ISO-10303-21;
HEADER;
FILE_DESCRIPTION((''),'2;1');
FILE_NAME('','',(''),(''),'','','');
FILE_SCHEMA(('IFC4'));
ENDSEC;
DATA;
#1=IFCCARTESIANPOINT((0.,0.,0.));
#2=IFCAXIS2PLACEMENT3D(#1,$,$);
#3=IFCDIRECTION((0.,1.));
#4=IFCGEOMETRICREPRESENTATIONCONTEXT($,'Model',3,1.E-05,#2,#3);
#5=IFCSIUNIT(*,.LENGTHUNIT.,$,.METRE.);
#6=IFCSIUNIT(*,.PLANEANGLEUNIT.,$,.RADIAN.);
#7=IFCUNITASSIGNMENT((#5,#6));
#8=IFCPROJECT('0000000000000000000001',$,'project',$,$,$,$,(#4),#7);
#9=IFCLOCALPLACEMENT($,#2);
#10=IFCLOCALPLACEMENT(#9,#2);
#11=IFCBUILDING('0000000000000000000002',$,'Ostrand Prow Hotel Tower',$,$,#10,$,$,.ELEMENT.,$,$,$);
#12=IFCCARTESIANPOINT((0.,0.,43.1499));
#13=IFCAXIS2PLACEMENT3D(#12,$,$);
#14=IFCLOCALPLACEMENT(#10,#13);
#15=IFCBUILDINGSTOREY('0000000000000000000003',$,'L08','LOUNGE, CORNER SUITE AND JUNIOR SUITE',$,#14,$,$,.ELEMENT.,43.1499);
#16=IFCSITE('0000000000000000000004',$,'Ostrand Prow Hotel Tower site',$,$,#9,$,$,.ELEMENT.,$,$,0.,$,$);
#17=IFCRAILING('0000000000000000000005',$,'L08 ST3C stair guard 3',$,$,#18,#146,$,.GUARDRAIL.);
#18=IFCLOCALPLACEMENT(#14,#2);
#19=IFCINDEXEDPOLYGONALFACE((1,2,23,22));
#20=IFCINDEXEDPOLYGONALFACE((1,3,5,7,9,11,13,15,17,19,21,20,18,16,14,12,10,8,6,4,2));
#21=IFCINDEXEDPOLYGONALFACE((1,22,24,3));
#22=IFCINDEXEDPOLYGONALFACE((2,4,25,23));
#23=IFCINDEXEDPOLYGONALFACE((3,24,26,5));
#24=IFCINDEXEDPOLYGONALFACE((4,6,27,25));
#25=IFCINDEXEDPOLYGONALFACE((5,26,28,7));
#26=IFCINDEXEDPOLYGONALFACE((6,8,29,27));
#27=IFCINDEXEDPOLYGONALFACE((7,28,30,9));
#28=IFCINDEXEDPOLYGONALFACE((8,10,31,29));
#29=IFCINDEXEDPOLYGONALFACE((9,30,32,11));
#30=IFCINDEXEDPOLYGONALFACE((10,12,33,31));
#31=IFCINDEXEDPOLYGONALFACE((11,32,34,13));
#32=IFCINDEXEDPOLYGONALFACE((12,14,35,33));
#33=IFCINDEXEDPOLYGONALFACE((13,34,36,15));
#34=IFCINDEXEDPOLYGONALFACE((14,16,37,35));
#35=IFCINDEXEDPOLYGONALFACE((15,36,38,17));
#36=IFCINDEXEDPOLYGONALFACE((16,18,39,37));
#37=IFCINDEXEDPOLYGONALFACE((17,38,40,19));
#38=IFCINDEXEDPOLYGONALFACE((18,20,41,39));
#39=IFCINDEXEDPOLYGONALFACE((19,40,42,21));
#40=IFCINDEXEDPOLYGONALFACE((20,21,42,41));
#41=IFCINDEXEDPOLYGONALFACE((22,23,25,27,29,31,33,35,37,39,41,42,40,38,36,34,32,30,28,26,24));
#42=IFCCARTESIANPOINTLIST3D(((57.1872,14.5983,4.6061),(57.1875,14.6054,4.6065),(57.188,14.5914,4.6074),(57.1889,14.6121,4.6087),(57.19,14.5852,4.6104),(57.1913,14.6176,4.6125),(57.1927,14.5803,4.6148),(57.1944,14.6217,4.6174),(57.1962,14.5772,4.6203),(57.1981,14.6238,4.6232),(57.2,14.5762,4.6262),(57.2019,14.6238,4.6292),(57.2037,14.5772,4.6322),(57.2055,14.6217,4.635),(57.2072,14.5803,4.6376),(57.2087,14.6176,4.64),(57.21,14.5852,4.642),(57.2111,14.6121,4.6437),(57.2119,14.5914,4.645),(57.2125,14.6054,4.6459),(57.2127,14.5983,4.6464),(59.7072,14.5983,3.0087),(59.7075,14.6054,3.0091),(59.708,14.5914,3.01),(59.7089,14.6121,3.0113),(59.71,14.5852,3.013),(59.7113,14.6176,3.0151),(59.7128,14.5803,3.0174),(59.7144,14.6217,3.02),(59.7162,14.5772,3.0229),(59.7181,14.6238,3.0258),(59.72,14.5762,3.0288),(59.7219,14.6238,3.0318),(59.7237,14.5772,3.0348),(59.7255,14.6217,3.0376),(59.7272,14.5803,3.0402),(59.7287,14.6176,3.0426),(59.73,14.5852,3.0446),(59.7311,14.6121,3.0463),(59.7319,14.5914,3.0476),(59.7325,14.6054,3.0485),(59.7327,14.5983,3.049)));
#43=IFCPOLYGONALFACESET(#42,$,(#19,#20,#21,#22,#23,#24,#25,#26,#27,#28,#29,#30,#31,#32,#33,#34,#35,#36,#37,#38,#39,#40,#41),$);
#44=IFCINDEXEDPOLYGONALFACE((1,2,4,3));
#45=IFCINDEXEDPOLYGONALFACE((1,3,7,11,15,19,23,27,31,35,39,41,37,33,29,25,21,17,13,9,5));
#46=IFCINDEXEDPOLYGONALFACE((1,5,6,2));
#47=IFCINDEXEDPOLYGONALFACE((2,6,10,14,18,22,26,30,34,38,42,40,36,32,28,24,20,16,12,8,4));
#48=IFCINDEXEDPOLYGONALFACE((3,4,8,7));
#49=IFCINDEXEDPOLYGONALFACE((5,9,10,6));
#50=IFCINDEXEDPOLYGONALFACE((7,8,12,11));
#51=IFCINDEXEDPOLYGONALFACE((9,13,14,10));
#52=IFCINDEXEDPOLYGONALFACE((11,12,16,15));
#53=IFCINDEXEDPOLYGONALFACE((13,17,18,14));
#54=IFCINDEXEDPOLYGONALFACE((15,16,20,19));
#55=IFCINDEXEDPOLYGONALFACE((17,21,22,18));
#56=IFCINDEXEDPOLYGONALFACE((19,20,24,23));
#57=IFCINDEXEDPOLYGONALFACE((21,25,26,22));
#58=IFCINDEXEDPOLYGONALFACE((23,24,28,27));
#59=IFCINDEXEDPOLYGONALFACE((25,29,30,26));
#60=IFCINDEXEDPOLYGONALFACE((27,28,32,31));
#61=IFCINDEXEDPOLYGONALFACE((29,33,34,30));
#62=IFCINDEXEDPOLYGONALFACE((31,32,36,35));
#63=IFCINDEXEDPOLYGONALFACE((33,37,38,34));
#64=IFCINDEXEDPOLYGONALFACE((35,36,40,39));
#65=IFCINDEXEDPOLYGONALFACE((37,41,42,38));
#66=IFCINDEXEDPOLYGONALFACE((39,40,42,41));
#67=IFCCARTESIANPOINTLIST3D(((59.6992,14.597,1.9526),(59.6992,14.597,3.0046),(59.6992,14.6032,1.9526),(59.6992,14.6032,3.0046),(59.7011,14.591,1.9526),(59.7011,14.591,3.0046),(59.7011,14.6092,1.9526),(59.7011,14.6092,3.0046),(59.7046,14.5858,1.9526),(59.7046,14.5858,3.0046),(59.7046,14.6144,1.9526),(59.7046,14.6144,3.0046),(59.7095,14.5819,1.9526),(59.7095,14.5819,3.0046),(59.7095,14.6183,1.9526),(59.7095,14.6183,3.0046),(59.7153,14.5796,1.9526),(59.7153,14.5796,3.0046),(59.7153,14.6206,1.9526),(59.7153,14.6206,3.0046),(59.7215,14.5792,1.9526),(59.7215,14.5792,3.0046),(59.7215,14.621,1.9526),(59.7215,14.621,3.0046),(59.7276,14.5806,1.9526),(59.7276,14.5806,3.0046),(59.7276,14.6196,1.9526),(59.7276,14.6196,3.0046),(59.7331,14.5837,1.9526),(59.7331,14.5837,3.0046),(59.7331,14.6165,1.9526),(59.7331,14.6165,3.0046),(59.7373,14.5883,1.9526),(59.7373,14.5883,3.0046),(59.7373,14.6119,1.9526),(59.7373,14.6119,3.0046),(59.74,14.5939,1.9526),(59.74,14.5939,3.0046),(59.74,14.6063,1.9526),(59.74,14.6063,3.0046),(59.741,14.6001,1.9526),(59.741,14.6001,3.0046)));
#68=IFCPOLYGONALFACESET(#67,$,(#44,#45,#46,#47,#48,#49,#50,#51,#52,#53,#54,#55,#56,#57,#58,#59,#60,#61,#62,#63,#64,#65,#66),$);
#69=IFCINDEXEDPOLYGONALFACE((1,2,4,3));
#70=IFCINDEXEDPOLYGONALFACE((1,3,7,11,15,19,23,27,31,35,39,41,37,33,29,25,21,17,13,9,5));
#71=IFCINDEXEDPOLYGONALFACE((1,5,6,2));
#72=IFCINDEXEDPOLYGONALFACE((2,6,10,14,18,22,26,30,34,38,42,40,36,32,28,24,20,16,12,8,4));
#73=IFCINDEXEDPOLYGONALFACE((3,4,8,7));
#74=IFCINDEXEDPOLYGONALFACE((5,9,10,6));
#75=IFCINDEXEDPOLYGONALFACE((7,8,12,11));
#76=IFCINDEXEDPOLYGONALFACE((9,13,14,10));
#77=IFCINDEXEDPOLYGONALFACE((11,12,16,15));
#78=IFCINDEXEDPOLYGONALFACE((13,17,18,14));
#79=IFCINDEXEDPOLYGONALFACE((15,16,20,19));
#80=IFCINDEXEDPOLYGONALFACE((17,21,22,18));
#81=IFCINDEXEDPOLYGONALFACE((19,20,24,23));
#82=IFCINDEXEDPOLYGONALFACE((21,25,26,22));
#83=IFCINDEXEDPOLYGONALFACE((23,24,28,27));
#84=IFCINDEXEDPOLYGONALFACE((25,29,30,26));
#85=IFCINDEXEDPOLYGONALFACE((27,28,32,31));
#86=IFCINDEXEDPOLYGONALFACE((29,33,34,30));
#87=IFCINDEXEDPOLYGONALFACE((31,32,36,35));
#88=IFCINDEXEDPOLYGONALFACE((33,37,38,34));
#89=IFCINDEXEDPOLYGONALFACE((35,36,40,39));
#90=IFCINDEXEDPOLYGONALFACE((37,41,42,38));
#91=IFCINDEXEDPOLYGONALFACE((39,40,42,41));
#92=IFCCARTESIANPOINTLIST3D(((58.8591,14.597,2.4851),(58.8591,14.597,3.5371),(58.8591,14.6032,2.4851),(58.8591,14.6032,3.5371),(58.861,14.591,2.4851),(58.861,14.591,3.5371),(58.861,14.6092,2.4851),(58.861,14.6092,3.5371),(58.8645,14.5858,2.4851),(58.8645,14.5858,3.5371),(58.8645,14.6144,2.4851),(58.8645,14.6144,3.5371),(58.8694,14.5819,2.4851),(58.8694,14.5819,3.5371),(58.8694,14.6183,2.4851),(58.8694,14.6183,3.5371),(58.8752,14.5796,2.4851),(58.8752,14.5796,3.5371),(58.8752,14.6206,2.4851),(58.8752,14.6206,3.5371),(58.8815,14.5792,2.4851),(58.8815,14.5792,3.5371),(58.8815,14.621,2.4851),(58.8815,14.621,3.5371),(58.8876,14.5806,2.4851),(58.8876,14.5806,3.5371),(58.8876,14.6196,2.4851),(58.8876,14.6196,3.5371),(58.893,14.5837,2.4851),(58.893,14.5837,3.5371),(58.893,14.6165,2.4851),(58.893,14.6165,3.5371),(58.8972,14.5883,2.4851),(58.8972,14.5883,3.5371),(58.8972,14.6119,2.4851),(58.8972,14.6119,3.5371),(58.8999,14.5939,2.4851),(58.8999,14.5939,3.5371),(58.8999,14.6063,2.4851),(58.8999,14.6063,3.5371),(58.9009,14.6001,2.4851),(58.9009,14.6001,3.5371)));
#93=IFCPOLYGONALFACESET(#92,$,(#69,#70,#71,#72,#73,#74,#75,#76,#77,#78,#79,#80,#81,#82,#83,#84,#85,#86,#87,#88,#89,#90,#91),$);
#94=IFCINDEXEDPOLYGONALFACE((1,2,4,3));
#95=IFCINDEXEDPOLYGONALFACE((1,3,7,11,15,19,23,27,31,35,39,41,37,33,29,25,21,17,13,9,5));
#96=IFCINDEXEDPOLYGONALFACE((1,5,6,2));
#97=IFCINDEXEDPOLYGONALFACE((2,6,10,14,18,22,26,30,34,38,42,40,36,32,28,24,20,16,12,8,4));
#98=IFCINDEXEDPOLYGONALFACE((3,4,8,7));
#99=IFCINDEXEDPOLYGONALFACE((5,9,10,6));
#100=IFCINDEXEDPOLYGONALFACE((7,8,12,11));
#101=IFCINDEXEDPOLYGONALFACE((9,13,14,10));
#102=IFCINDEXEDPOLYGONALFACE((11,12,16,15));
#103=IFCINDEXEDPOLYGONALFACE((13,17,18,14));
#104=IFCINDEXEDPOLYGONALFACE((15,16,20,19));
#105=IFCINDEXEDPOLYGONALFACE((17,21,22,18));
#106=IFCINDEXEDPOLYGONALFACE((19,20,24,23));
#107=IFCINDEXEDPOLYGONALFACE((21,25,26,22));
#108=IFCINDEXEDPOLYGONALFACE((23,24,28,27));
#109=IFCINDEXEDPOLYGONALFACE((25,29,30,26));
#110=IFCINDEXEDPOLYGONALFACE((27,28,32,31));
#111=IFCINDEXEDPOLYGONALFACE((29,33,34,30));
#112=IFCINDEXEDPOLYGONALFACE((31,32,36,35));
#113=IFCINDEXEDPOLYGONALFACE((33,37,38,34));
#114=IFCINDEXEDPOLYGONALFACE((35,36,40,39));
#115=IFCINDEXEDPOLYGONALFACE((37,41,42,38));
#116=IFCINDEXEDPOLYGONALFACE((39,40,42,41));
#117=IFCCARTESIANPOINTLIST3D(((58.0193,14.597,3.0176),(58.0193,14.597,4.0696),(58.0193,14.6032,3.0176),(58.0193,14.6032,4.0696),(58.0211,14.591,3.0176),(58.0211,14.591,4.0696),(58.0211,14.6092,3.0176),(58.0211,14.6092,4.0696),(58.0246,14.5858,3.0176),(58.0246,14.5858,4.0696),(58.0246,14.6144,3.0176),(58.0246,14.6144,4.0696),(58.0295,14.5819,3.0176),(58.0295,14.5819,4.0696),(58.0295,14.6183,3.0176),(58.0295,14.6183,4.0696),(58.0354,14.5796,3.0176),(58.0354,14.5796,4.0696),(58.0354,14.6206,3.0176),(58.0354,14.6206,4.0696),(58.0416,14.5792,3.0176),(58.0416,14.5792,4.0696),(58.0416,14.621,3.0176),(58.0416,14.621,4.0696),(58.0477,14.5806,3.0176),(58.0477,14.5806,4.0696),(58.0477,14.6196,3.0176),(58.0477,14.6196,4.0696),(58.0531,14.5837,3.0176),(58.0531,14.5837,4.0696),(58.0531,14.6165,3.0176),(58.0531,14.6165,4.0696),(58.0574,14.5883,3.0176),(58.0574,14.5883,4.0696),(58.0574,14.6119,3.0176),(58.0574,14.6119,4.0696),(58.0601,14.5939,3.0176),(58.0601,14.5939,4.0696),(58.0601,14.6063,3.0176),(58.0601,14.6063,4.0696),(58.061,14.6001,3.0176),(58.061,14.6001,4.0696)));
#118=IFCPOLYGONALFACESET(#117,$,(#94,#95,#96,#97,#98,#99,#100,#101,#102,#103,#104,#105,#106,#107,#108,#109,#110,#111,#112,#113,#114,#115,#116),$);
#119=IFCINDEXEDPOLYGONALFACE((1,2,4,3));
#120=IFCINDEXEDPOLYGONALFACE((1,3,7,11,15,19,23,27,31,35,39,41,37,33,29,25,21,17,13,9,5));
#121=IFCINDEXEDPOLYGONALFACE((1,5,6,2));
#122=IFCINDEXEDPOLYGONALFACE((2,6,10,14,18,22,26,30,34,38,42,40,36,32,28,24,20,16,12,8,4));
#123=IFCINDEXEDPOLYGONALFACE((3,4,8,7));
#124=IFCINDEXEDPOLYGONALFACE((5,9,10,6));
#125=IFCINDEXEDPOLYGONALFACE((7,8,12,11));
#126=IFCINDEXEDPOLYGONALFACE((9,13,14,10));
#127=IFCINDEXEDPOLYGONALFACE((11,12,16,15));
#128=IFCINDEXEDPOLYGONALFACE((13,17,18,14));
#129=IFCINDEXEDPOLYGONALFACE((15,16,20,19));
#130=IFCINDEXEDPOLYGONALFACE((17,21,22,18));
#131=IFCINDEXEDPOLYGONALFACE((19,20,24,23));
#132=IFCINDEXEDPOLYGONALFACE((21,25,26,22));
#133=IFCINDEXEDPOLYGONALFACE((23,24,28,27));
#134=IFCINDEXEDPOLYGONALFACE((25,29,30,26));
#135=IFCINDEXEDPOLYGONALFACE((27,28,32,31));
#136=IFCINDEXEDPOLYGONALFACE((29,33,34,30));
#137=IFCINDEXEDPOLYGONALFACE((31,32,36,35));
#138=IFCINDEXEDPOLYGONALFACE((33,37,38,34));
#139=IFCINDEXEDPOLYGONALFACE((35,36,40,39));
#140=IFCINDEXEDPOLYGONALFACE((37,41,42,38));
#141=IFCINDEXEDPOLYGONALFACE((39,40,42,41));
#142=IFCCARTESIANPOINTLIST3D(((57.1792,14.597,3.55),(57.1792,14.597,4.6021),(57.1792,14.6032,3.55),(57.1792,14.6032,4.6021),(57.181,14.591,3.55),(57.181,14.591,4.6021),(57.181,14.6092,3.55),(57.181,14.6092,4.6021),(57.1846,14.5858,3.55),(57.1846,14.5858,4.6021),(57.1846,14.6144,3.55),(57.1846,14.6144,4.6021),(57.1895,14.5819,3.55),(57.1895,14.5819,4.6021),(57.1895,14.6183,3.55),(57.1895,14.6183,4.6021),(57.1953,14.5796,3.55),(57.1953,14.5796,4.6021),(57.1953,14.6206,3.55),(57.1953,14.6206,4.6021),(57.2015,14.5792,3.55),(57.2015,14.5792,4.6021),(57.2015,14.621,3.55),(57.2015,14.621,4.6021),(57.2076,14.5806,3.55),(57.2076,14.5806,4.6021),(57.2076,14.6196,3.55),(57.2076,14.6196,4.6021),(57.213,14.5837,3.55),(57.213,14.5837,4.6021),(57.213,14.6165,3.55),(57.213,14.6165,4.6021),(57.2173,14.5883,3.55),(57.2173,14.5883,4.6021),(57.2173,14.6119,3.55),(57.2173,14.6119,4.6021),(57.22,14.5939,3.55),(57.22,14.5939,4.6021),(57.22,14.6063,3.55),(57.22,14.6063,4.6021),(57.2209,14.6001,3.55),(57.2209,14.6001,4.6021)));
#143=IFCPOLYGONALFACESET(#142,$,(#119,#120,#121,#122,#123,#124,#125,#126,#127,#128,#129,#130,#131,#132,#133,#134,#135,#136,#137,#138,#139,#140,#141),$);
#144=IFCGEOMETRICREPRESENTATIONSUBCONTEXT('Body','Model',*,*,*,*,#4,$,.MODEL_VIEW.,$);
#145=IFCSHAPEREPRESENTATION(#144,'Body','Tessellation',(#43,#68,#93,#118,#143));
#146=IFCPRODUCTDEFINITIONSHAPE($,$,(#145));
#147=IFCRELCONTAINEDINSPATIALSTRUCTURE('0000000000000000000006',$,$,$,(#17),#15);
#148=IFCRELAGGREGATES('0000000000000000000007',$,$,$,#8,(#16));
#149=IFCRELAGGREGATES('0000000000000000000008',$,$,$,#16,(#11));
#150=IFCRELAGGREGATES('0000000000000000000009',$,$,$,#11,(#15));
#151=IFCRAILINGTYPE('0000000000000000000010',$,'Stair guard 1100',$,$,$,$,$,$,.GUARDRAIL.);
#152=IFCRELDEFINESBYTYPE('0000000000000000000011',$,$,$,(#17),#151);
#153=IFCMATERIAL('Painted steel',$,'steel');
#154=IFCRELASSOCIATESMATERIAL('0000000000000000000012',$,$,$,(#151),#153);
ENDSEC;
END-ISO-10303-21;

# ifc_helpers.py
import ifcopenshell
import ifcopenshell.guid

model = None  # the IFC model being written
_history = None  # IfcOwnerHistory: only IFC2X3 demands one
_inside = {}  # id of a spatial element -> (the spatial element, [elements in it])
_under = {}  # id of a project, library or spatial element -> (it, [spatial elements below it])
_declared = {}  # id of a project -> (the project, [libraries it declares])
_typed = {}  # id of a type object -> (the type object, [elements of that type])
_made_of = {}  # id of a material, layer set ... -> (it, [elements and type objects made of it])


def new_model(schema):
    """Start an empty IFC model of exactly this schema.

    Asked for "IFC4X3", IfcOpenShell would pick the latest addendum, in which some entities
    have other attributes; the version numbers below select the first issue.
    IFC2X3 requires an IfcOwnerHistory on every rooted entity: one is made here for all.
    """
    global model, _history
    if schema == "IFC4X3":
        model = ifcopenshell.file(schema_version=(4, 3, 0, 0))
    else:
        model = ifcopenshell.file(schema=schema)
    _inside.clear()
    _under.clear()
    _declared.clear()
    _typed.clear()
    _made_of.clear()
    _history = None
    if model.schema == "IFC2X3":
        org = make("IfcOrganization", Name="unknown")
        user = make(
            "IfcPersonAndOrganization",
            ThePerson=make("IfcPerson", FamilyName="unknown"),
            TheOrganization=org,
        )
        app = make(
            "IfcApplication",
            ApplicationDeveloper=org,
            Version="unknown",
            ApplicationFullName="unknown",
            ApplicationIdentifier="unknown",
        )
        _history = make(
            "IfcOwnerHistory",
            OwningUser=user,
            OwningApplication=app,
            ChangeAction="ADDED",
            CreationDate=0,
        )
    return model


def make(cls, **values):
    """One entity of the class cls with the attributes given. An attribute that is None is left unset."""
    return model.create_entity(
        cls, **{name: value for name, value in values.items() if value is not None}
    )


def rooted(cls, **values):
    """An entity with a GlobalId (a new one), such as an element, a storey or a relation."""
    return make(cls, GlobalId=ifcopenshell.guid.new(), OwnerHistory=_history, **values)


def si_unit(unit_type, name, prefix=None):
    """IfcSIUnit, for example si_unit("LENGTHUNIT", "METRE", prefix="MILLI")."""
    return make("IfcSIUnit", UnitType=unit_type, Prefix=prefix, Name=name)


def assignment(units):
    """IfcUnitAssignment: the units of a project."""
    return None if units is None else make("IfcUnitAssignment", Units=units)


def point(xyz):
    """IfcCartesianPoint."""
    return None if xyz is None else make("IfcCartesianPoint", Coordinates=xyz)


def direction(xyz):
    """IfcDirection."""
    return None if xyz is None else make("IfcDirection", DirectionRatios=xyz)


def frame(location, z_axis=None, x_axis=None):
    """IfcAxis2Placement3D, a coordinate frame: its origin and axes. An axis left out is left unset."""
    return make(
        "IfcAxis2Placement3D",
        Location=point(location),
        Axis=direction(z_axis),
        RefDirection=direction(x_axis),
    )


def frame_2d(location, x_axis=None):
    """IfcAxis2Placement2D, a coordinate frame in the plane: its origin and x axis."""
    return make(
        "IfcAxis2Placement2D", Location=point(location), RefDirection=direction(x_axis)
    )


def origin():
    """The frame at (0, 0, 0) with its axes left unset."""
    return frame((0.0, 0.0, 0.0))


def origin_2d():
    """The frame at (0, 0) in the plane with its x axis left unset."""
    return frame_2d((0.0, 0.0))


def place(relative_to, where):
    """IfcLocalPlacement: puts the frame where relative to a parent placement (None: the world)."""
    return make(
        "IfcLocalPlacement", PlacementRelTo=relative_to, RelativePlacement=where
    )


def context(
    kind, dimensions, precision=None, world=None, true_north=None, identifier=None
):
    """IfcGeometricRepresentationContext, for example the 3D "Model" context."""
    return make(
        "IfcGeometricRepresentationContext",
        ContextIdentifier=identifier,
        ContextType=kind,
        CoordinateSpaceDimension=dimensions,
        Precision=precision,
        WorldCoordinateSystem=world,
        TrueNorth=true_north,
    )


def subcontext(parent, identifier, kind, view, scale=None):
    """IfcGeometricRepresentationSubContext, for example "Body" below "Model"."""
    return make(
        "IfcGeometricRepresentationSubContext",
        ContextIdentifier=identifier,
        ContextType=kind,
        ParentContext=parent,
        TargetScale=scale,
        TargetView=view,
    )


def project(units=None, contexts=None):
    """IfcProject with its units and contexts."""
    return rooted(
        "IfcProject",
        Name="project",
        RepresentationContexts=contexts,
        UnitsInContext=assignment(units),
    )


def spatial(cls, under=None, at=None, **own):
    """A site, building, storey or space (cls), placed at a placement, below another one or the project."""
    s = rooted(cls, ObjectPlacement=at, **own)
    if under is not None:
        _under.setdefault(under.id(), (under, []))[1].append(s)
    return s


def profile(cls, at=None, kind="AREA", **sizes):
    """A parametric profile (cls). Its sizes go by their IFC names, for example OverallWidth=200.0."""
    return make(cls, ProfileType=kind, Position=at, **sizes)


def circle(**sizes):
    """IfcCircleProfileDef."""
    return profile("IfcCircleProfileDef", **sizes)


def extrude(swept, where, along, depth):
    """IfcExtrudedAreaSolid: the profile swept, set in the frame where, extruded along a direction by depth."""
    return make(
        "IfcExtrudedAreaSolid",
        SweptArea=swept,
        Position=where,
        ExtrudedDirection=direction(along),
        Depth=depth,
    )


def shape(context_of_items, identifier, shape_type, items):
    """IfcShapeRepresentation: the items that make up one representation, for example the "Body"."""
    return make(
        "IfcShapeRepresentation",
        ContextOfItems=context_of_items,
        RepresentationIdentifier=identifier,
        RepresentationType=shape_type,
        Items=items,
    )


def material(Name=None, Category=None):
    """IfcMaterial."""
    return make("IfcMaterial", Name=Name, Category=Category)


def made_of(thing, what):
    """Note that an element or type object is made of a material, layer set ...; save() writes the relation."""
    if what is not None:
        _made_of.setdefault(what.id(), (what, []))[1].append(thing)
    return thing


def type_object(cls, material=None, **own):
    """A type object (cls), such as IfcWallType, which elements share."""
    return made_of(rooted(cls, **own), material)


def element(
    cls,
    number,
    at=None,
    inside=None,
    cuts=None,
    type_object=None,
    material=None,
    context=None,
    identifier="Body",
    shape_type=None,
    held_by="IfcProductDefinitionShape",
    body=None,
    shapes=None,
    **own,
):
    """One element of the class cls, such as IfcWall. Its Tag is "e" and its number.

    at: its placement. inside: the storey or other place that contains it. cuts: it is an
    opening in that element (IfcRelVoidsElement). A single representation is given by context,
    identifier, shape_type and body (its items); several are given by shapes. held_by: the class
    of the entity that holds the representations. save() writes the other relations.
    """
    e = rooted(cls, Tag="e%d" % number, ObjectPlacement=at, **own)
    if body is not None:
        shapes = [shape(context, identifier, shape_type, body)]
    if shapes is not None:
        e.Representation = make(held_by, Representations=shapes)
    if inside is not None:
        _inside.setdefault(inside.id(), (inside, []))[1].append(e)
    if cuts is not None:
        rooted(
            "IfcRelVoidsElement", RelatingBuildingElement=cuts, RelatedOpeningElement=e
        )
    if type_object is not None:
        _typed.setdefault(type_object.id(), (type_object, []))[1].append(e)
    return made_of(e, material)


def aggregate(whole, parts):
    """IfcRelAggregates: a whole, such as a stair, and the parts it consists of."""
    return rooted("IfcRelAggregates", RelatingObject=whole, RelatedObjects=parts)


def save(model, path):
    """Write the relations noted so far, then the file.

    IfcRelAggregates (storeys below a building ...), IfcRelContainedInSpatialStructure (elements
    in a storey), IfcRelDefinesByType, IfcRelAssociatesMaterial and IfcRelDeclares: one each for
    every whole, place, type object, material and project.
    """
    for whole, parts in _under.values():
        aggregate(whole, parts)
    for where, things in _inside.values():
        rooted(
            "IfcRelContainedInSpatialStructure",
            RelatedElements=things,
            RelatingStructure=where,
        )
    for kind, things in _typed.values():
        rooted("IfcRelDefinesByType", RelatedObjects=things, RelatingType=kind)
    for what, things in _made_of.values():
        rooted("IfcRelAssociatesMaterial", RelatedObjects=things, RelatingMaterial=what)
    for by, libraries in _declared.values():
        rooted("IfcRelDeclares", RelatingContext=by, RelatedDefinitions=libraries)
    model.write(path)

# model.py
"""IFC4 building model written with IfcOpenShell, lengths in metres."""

from ifc_helpers import new_model, si_unit, direction, frame, origin, origin_2d, place, context, subcontext, project, spatial, circle, extrude, material, type_object, element, save


model = new_model("IFC4")

# Units and contexts
model_context = context("Model", 3, precision=1e-05, world=origin(), true_north=direction((0.0, 1.0)))
body_context = subcontext(model_context, "Body", "Model", "MODEL_VIEW")
ifc_project = project(units=[si_unit("LENGTHUNIT", "METRE"), si_unit("PLANEANGLEUNIT", "RADIAN")], contexts=[model_context])

# Site, building, storey
site_placement = place(None, origin())
site = spatial("IfcSite", under=ifc_project, at=site_placement, Name="Ostrand Prow Hotel Tower site", CompositionType="ELEMENT", RefElevation=0.0)
building_placement = place(site_placement, origin())
building = spatial("IfcBuilding", under=site, at=building_placement, Name="Ostrand Prow Hotel Tower", CompositionType="ELEMENT")
storey_placement = place(building_placement, frame((0.0, 0.0, 43.1499)))
storey = spatial("IfcBuildingStorey", under=building, at=storey_placement, Name="L08", Description="LOUNGE, CORNER SUITE AND JUNIOR SUITE", CompositionType="ELEMENT", Elevation=43.1499)

# Railing
ifc_material_1 = material(Name="Painted steel", Category="steel")
railing_type_1 = type_object("IfcRailingType", Name="Stair guard 1100", PredefinedType="GUARDRAIL", material=ifc_material_1)
railing_1_placement = place(storey_placement, frame((59.72, 14.6001, 1.9526)))
element("IfcRailing", 1, at=railing_1_placement, inside=storey, type_object=railing_type_1, Name="L08 ST3C stair guard 3", PredefinedType="GUARDRAIL", context=body_context, shape_type="SweptSolid", body=[
    extrude(circle(Radius=0.0239, at=origin_2d()), frame((0.0, 0.0, 1.0762), z_axis=(-0.844607, 0.0, 0.535387), x_axis=(0.0, -1.0, 0.0)), (0.0, 0.0, 1.0), 2.9836),
    extrude(circle(Radius=0.021, at=origin_2d()), origin(), (0.0, 0.0, 1.0), 1.052),
    extrude(circle(Radius=0.021, at=origin_2d()), frame((-0.8401, 0.0, 0.5325)), (0.0, 0.0, 1.0), 1.052),
    extrude(circle(Radius=0.021, at=origin_2d()), frame((-1.6799, 0.0, 1.0649)), (0.0, 0.0, 1.0), 1.052),
    extrude(circle(Radius=0.021, at=origin_2d()), frame((-2.52, 0.0, 1.5974)), (0.0, 0.0, 1.0), 1.052),
])

save(model, "model.ifc")
